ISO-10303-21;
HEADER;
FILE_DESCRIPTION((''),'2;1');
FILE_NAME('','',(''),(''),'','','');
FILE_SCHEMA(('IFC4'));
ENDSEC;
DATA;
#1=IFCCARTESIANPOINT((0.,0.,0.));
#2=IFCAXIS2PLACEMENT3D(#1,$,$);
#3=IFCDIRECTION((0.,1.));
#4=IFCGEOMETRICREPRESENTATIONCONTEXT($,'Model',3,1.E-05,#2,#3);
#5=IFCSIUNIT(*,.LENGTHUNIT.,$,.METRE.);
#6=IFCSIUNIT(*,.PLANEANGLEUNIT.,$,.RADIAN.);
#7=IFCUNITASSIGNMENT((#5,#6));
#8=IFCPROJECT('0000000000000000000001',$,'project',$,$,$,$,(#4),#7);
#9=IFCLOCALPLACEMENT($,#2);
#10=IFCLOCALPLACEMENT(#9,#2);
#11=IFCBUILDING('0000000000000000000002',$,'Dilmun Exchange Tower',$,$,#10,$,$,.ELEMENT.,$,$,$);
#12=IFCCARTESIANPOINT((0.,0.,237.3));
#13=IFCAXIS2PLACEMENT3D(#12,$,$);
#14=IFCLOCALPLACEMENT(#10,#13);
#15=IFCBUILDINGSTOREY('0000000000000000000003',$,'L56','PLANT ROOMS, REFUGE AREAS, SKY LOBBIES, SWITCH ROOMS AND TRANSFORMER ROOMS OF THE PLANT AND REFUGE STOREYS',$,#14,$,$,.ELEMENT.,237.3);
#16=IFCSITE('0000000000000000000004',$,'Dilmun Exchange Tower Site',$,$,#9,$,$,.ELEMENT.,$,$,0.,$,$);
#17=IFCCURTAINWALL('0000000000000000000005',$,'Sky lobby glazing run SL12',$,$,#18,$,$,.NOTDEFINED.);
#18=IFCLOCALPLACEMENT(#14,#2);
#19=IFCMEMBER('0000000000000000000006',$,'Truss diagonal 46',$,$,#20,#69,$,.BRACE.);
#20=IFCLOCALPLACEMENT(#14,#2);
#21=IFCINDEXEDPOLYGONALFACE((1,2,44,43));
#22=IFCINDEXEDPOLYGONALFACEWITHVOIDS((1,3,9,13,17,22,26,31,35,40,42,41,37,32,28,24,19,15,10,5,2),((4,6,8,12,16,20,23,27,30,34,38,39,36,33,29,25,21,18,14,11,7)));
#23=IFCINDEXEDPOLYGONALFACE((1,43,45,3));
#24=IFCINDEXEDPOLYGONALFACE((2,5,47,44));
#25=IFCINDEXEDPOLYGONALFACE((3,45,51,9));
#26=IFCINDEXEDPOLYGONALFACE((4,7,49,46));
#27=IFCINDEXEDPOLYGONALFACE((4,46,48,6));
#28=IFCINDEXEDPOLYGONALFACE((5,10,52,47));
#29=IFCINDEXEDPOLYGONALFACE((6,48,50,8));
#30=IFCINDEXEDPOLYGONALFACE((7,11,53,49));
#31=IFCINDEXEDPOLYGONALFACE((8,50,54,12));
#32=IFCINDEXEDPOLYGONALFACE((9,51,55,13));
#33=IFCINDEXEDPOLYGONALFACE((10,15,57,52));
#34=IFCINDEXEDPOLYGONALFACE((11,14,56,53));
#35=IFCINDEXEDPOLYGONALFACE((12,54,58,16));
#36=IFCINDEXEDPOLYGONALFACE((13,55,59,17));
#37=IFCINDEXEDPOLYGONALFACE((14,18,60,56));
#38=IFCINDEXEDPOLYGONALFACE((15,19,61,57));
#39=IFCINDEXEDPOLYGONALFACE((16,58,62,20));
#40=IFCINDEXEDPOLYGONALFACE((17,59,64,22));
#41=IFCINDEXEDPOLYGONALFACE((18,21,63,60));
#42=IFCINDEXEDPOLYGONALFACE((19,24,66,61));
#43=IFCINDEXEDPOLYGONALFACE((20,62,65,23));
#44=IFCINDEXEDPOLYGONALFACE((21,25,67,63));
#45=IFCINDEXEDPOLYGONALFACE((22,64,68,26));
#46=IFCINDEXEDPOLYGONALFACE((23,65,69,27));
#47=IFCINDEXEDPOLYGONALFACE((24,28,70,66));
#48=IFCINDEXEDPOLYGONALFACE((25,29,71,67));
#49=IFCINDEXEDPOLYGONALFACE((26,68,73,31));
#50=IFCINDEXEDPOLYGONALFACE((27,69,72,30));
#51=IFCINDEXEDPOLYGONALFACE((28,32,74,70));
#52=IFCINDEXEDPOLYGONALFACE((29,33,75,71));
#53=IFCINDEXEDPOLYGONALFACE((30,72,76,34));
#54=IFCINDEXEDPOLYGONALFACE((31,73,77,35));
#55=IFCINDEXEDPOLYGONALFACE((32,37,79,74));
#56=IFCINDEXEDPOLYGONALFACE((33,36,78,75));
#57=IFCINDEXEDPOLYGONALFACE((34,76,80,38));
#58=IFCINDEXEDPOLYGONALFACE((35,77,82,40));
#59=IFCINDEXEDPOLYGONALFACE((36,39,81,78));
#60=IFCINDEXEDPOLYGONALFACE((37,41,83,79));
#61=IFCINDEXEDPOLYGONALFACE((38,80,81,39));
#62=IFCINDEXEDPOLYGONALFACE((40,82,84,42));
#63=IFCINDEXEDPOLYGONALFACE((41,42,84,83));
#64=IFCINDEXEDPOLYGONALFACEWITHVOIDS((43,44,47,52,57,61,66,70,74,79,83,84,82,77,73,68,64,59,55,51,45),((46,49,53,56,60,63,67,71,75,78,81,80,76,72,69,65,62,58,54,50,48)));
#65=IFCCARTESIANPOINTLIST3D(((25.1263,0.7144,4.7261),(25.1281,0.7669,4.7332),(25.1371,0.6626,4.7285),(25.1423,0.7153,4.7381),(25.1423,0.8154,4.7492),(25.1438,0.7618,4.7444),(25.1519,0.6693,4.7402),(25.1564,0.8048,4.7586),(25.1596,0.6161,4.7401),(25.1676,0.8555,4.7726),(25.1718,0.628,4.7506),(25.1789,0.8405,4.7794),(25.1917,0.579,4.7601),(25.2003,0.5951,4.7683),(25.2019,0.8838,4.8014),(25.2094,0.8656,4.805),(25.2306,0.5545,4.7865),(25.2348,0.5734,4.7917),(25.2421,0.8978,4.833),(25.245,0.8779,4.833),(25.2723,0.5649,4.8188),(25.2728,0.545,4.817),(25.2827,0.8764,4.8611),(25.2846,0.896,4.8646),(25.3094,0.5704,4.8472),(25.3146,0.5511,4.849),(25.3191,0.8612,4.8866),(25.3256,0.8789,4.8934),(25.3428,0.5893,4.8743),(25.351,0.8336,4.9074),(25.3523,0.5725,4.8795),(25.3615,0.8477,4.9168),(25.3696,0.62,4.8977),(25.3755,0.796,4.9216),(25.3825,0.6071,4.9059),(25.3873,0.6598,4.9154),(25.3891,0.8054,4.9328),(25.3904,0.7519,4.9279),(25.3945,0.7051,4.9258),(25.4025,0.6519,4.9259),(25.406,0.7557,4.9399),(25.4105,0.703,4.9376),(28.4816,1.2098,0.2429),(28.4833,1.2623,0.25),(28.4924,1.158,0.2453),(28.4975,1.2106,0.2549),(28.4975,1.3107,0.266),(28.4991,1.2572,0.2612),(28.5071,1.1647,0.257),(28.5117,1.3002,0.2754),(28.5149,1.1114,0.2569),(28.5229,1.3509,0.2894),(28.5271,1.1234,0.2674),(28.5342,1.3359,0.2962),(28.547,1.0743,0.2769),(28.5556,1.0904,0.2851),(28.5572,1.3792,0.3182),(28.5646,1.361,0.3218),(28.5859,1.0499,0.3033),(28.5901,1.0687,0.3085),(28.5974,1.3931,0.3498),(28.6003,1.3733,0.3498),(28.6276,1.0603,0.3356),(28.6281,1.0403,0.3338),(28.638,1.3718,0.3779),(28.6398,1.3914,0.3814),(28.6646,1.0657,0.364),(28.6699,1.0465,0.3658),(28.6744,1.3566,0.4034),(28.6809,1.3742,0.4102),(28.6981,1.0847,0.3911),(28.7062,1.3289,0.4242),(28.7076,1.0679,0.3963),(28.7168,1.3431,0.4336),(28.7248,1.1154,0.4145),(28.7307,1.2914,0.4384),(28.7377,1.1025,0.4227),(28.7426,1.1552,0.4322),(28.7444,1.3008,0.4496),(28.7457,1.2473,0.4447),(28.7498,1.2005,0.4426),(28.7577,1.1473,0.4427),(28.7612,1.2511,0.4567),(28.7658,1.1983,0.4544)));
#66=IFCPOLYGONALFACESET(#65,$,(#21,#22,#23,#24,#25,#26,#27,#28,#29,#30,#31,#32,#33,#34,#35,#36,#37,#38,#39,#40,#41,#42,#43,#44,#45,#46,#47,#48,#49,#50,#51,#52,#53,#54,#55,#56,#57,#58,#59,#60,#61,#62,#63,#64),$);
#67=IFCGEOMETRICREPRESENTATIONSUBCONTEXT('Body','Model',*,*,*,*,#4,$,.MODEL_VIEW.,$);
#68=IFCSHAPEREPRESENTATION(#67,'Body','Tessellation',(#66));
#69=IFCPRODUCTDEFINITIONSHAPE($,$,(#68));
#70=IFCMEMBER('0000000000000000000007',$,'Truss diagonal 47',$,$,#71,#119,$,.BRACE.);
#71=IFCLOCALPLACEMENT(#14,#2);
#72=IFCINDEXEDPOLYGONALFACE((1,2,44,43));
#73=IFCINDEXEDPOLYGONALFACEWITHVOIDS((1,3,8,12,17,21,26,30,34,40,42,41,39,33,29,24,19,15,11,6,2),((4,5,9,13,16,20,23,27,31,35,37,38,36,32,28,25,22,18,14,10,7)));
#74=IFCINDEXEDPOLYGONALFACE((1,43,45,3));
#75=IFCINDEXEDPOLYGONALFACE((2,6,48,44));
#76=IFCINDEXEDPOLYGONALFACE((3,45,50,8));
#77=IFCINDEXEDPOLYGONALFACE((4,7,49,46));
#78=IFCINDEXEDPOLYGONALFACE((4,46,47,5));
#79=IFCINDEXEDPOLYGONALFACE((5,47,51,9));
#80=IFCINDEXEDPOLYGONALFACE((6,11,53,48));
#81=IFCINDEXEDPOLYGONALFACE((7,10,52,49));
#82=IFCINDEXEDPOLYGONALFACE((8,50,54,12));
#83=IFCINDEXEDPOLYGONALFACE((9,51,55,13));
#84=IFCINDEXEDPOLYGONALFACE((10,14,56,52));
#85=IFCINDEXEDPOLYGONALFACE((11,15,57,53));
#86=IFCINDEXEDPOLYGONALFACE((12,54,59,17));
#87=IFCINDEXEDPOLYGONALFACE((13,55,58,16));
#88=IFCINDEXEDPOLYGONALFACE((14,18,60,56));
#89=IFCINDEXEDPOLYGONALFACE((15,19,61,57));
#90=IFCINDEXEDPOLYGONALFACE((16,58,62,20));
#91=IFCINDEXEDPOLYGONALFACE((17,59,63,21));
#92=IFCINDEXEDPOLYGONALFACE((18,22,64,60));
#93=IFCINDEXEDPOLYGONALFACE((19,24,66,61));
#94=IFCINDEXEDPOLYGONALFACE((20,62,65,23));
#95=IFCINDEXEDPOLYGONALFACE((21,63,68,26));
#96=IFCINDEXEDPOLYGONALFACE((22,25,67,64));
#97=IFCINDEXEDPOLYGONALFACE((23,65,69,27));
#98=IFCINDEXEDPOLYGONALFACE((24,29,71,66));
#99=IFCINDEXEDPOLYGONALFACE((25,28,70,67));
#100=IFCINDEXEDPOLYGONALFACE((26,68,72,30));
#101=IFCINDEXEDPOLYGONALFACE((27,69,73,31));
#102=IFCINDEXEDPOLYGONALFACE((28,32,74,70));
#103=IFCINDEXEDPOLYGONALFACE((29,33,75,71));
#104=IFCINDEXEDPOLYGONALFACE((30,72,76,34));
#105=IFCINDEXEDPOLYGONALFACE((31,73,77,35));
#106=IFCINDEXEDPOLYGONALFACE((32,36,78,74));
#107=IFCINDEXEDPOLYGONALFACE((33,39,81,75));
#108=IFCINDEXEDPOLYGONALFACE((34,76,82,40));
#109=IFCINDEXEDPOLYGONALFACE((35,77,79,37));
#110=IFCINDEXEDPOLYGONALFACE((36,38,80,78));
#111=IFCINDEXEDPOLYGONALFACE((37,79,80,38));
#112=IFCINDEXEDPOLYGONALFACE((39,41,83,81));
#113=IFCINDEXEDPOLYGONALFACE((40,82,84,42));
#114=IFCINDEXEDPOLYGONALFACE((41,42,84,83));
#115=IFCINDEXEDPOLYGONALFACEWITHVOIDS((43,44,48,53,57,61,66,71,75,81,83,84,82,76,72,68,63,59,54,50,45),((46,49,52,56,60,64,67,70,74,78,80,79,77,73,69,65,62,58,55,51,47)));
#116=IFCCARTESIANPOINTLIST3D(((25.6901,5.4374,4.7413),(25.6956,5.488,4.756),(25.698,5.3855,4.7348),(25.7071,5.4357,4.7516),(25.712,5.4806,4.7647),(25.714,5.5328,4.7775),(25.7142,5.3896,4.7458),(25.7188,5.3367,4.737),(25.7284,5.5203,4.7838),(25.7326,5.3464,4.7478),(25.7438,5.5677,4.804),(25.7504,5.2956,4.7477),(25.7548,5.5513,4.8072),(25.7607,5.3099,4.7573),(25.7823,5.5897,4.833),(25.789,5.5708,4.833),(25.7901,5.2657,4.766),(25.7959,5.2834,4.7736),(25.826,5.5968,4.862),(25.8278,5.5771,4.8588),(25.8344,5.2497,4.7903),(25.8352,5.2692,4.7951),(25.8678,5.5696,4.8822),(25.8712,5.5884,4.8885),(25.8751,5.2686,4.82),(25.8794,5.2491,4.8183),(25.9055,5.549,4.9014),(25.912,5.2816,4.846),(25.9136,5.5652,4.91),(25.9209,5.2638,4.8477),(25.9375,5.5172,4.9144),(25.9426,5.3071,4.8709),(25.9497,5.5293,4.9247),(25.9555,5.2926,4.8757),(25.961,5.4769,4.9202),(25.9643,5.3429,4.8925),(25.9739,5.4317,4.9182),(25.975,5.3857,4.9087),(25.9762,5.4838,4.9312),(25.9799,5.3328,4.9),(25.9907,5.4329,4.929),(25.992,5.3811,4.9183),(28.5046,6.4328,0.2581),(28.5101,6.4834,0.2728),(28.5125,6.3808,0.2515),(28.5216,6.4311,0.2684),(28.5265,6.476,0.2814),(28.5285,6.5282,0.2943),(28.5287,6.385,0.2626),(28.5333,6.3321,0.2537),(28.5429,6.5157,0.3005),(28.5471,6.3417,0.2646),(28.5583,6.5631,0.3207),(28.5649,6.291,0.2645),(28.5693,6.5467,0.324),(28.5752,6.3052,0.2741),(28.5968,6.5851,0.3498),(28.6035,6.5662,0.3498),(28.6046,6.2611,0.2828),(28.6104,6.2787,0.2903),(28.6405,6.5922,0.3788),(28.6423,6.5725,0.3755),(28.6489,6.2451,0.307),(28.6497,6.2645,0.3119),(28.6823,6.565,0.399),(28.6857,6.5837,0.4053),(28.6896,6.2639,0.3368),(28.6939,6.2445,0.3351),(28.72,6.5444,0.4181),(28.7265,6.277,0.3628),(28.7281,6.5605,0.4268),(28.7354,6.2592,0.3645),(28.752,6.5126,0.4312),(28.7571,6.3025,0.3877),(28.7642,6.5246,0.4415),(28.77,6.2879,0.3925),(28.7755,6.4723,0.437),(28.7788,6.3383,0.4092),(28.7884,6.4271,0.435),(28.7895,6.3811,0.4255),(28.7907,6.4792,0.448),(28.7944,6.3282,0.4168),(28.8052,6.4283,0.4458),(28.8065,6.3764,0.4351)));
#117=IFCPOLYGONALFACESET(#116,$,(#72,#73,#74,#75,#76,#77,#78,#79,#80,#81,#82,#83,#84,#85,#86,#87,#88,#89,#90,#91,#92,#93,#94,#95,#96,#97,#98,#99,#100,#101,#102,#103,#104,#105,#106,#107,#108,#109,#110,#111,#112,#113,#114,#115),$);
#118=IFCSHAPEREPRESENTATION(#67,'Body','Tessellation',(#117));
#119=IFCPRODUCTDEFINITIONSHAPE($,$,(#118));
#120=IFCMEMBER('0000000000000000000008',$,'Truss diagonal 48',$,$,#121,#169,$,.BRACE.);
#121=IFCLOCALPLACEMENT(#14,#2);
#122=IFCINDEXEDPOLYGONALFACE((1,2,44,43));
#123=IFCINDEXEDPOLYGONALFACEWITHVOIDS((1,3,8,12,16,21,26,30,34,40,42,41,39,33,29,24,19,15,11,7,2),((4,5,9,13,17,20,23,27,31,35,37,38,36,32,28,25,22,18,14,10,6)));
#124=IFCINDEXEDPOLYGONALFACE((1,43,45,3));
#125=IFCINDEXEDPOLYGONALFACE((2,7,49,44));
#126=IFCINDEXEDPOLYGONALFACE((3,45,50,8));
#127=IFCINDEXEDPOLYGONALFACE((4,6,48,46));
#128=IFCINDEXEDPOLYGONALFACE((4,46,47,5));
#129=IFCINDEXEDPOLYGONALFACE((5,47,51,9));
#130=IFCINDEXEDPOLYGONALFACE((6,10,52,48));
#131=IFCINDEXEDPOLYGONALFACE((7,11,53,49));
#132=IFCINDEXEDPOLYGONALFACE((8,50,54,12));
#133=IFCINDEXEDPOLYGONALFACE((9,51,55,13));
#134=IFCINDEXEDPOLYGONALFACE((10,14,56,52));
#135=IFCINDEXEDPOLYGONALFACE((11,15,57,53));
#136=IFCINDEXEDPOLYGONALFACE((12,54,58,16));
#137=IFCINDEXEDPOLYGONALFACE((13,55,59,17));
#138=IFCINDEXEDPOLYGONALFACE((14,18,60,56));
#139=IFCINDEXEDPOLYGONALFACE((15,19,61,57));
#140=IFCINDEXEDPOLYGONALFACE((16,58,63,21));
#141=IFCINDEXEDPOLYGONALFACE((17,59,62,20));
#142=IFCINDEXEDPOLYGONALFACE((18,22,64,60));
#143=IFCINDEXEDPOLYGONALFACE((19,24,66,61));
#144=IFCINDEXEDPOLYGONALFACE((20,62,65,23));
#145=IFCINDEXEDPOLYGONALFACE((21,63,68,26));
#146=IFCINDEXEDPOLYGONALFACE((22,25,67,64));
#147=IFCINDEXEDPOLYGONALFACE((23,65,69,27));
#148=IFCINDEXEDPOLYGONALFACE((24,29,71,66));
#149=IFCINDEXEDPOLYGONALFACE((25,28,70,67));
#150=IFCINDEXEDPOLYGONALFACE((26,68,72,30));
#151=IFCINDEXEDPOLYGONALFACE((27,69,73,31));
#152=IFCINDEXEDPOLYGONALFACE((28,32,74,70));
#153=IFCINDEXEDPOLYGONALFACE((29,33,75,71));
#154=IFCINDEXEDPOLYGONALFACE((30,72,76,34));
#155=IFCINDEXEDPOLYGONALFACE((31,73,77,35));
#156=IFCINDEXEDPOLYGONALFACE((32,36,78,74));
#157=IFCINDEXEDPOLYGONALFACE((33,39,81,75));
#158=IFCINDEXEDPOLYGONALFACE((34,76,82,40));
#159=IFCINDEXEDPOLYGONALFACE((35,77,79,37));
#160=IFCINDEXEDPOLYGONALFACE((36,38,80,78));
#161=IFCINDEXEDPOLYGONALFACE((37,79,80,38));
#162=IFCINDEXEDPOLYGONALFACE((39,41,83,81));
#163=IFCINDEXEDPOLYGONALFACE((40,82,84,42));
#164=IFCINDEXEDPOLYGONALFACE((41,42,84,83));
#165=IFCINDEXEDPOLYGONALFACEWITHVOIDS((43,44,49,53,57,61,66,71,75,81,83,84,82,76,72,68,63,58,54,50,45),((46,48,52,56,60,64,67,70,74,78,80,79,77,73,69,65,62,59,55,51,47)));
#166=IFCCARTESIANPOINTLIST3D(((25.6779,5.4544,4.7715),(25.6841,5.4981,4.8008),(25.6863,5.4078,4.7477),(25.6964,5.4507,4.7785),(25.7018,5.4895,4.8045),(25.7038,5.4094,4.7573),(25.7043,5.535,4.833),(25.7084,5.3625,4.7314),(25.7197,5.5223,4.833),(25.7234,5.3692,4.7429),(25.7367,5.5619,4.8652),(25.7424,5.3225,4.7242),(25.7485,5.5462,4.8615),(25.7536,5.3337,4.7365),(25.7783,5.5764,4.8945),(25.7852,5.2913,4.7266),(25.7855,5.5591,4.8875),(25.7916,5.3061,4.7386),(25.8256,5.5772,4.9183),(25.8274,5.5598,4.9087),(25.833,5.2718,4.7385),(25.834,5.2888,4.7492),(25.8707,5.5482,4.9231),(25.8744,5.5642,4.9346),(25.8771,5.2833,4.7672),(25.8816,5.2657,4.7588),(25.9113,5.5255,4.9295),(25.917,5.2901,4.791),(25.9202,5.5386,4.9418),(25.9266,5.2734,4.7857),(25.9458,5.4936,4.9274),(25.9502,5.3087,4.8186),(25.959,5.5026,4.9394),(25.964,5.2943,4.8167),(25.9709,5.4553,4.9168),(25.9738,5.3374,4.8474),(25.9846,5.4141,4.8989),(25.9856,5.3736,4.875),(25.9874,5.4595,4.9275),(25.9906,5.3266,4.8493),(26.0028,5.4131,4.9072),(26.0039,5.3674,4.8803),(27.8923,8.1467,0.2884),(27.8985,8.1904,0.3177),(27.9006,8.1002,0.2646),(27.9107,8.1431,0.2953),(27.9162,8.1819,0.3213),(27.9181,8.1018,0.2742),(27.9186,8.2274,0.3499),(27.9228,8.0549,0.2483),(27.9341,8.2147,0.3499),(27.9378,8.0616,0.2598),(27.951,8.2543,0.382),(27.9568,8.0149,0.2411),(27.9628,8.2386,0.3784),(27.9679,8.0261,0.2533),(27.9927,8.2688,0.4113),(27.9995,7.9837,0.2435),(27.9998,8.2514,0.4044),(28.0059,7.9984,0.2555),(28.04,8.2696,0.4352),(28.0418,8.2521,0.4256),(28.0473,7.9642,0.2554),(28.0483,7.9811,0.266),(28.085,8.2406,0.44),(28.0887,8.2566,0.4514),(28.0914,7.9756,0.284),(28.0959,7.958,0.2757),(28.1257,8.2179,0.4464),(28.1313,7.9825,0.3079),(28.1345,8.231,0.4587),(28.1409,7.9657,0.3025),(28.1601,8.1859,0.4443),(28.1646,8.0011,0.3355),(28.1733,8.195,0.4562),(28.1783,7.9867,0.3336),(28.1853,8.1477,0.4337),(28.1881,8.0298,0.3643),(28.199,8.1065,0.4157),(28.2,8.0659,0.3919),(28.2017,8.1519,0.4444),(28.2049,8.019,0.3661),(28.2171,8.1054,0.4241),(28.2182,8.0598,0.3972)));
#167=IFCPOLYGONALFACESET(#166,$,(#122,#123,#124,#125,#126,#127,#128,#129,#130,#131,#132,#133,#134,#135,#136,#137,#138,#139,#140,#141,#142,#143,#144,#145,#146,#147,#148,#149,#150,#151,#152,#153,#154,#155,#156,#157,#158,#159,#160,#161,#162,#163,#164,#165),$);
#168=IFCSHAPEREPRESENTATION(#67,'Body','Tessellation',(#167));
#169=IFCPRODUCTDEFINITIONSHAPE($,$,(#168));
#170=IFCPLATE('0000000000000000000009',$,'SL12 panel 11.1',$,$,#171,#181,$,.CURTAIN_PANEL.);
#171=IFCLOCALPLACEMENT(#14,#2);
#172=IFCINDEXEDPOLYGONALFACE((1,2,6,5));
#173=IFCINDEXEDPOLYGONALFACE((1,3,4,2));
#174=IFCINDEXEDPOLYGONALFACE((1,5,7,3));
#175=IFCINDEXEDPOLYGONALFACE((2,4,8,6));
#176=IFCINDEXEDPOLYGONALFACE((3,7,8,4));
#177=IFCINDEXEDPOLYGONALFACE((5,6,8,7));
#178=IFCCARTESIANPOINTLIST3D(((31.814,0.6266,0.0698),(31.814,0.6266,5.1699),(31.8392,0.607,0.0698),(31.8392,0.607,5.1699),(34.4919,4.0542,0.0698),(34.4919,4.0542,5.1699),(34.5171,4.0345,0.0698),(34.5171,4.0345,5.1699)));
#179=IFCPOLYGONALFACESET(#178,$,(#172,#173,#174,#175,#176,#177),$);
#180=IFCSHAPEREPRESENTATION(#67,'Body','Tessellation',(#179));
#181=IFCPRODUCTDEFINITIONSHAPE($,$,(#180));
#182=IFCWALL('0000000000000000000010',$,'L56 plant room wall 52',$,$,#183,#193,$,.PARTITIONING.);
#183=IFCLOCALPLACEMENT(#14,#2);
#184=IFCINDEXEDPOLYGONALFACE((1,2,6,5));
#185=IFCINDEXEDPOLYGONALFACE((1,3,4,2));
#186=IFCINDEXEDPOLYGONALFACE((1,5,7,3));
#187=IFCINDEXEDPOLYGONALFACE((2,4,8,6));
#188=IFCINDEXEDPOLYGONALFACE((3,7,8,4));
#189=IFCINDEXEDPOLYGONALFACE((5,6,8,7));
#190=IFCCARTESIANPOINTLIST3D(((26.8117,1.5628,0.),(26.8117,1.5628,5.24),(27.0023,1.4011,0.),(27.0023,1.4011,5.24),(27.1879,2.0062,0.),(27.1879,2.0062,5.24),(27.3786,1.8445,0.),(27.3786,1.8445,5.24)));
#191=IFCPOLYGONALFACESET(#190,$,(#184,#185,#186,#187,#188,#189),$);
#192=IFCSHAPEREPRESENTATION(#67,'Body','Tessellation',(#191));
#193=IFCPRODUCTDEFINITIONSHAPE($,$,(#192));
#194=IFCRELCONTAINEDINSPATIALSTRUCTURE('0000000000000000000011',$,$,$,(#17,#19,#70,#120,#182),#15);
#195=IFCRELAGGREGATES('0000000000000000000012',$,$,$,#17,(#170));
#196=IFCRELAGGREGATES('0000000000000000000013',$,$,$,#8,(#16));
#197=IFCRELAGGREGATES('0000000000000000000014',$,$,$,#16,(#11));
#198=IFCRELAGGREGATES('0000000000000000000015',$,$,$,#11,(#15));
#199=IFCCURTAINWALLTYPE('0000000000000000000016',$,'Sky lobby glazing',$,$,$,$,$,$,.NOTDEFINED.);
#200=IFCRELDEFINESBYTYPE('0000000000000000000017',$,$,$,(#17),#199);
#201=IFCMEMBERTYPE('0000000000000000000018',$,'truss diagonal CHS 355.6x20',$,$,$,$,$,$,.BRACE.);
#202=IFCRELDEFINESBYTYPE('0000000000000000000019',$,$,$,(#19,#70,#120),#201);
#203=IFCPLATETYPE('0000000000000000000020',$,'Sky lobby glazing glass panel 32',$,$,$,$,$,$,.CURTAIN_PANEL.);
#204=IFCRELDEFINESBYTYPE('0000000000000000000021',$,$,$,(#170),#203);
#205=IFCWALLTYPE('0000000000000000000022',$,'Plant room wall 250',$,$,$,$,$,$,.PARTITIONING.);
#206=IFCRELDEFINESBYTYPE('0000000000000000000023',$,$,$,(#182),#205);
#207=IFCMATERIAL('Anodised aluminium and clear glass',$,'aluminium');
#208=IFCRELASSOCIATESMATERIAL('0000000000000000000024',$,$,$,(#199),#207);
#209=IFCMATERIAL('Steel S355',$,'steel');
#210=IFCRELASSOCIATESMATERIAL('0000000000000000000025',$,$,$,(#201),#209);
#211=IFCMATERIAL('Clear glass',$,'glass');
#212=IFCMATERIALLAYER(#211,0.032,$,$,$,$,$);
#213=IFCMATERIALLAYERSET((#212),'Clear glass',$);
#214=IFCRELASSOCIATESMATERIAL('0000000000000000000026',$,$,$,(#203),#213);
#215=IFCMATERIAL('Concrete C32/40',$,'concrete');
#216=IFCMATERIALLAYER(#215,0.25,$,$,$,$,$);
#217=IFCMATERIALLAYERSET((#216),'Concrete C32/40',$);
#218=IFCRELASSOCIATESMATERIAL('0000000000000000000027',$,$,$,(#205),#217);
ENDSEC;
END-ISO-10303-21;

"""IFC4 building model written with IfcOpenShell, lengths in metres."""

from ifc_helpers import new_model, si_unit, direction, frame, frame_2d, origin, origin_2d, place, context, subcontext, project, spatial, rectangle, hollow_circle, extrude, material, layer, layer_set, material_profile, profile_set, type_object, element, aggregate, save


model = new_model("IFC4")

# Units and contexts
model_context = context("Model", 3, precision=1e-05, world=origin(), true_north=direction((0.0, 1.0)))
body_context = subcontext(model_context, "Body", "Model", "MODEL_VIEW")
ifc_project = project(units=[si_unit("LENGTHUNIT", "METRE"), si_unit("PLANEANGLEUNIT", "RADIAN")], contexts=[model_context])

# Site, building, storey
site_placement = place(None, origin())
site = spatial("IfcSite", under=ifc_project, at=site_placement, Name="Dilmun Exchange Tower Site", CompositionType="ELEMENT", RefElevation=0.0)
building_placement = place(site_placement, origin())
building = spatial("IfcBuilding", under=site, at=building_placement, Name="Dilmun Exchange Tower", CompositionType="ELEMENT")
storey_placement = place(building_placement, frame((0.0, 0.0, 237.3)))
storey = spatial("IfcBuildingStorey", under=building, at=storey_placement, Name="L56", Description="PLANT ROOMS, REFUGE AREAS, SKY LOBBIES, SWITCH ROOMS AND TRANSFORMER ROOMS OF THE PLANT AND REFUGE STOREYS", CompositionType="ELEMENT", Elevation=237.3)

# Curtain wall
ifc_material_1 = material(Name="Anodised aluminium and clear glass", Category="aluminium")
curtain_wall_type = type_object("IfcCurtainWallType", Name="Sky lobby glazing", PredefinedType="NOTDEFINED", material=ifc_material_1)
curtain_wall_placement = place(storey_placement, origin())
curtain_wall = element("IfcCurtainWall", 1, at=curtain_wall_placement, inside=storey, type_object=curtain_wall_type, Name="Sky lobby glazing run SL12", PredefinedType="NOTDEFINED")

# Shared definitions
ifc_material_2 = material(Name="Steel S355", Category="steel")

# Members
ifc_material_profile_1 = material_profile(ifc_material_2, hollow_circle(Radius=0.1777, WallThickness=0.02, at=origin_2d()), Name="CHS 355.6x20")
ifc_profile_set_1 = profile_set([ifc_material_profile_1], Name="Steel S355")
member_type_1 = type_object("IfcMemberType", Name="truss diagonal CHS 355.6x20", PredefinedType="BRACE", material=ifc_profile_set_1)
member_1_placement = place(storey_placement, frame((25.2681, 0.7219, 4.833), z_axis=(0.596853, 0.088119, -0.797497), x_axis=(-0.146056, 0.989276, 0.0)))
element("IfcMember", 2, at=member_1_placement, inside=storey, type_object=member_type_1, Name="Truss diagonal 46", PredefinedType="BRACE", context=body_context, shape_type="SweptSolid", body=[
    extrude(hollow_circle(Radius=0.1777, WallThickness=0.02, at=origin_2d()), origin(), (0.0, 0.0, 1.0), 5.6216),
])
member_2_placement = place(storey_placement, frame((25.8416, 5.4221, 4.833), z_axis=(0.522536, 0.1848, -0.832349), x_axis=(-0.333423, 0.942777, 0.0)))
element("IfcMember", 3, at=member_2_placement, inside=storey, type_object=member_type_1, Name="Truss diagonal 47", PredefinedType="BRACE", context=body_context, shape_type="SweptSolid", body=[
    extrude(hollow_circle(Radius=0.1777, WallThickness=0.02, at=origin_2d()), origin(), (0.0, 0.0, 1.0), 5.3862),
])
member_3_placement = place(storey_placement, frame((25.8416, 5.4221, 4.833), z_axis=(0.38992, 0.474095, -0.789428), x_axis=(-0.772338, 0.635211, 0.0)))
element("IfcMember", 4, at=member_3_placement, inside=storey, type_object=member_type_1, Name="Truss diagonal 48", PredefinedType="BRACE", context=body_context, shape_type="SweptSolid", body=[
    extrude(hollow_circle(Radius=0.1777, WallThickness=0.02, at=origin_2d()), origin(), (0.0, 0.0, 1.0), 5.679),
])

# Plate
ifc_material_3 = material(Name="Clear glass", Category="glass")
ifc_layer_1 = layer(ifc_material_3, 0.032)
ifc_layer_set_1 = layer_set([ifc_layer_1], Name="Clear glass")
plate_type = type_object("IfcPlateType", Name="Sky lobby glazing glass panel 32", PredefinedType="CURTAIN_PANEL", material=ifc_layer_set_1)
plate_placement = place(storey_placement, frame((33.1655, 2.3306, 0.0698), z_axis=(0.0, 0.0, 1.0), x_axis=(0.615662, 0.788011, 0.0)))
plate = element("IfcPlate", 5, at=plate_placement, type_object=plate_type, Name="SL12 panel 11.1", PredefinedType="CURTAIN_PANEL", context=body_context, shape_type="SweptSolid", body=[
    extrude(rectangle(XDim=4.3496, YDim=0.032, at=origin_2d()), origin(), (0.0, 0.0, 1.0), 5.1001),
])
aggregate(curtain_wall, [plate])

# Wall
ifc_material_4 = material(Name="Concrete C32/40", Category="concrete")
ifc_layer_2 = layer(ifc_material_4, 0.25)
ifc_layer_set_2 = layer_set([ifc_layer_2], Name="Concrete C32/40")
wall_type_1 = type_object("IfcWallType", Name="Plant room wall 250", PredefinedType="PARTITIONING", material=ifc_layer_set_2)
wall_1_placement = place(storey_placement, frame((26.907, 1.4819, 0.0), z_axis=(0.0, 0.0, 1.0), x_axis=(0.647014, 0.762478, 0.0)))
element("IfcWall", 6, at=wall_1_placement, inside=storey, type_object=wall_type_1, Name="L56 plant room wall 52", PredefinedType="PARTITIONING", context=body_context, shape_type="SweptSolid", body=[
    extrude(rectangle(XDim=0.5815, YDim=0.25, at=frame_2d((0.2908, 0.0))), origin(), (0.0, 0.0, 1.0), 5.24),
])

save(model, "model.ifc")
